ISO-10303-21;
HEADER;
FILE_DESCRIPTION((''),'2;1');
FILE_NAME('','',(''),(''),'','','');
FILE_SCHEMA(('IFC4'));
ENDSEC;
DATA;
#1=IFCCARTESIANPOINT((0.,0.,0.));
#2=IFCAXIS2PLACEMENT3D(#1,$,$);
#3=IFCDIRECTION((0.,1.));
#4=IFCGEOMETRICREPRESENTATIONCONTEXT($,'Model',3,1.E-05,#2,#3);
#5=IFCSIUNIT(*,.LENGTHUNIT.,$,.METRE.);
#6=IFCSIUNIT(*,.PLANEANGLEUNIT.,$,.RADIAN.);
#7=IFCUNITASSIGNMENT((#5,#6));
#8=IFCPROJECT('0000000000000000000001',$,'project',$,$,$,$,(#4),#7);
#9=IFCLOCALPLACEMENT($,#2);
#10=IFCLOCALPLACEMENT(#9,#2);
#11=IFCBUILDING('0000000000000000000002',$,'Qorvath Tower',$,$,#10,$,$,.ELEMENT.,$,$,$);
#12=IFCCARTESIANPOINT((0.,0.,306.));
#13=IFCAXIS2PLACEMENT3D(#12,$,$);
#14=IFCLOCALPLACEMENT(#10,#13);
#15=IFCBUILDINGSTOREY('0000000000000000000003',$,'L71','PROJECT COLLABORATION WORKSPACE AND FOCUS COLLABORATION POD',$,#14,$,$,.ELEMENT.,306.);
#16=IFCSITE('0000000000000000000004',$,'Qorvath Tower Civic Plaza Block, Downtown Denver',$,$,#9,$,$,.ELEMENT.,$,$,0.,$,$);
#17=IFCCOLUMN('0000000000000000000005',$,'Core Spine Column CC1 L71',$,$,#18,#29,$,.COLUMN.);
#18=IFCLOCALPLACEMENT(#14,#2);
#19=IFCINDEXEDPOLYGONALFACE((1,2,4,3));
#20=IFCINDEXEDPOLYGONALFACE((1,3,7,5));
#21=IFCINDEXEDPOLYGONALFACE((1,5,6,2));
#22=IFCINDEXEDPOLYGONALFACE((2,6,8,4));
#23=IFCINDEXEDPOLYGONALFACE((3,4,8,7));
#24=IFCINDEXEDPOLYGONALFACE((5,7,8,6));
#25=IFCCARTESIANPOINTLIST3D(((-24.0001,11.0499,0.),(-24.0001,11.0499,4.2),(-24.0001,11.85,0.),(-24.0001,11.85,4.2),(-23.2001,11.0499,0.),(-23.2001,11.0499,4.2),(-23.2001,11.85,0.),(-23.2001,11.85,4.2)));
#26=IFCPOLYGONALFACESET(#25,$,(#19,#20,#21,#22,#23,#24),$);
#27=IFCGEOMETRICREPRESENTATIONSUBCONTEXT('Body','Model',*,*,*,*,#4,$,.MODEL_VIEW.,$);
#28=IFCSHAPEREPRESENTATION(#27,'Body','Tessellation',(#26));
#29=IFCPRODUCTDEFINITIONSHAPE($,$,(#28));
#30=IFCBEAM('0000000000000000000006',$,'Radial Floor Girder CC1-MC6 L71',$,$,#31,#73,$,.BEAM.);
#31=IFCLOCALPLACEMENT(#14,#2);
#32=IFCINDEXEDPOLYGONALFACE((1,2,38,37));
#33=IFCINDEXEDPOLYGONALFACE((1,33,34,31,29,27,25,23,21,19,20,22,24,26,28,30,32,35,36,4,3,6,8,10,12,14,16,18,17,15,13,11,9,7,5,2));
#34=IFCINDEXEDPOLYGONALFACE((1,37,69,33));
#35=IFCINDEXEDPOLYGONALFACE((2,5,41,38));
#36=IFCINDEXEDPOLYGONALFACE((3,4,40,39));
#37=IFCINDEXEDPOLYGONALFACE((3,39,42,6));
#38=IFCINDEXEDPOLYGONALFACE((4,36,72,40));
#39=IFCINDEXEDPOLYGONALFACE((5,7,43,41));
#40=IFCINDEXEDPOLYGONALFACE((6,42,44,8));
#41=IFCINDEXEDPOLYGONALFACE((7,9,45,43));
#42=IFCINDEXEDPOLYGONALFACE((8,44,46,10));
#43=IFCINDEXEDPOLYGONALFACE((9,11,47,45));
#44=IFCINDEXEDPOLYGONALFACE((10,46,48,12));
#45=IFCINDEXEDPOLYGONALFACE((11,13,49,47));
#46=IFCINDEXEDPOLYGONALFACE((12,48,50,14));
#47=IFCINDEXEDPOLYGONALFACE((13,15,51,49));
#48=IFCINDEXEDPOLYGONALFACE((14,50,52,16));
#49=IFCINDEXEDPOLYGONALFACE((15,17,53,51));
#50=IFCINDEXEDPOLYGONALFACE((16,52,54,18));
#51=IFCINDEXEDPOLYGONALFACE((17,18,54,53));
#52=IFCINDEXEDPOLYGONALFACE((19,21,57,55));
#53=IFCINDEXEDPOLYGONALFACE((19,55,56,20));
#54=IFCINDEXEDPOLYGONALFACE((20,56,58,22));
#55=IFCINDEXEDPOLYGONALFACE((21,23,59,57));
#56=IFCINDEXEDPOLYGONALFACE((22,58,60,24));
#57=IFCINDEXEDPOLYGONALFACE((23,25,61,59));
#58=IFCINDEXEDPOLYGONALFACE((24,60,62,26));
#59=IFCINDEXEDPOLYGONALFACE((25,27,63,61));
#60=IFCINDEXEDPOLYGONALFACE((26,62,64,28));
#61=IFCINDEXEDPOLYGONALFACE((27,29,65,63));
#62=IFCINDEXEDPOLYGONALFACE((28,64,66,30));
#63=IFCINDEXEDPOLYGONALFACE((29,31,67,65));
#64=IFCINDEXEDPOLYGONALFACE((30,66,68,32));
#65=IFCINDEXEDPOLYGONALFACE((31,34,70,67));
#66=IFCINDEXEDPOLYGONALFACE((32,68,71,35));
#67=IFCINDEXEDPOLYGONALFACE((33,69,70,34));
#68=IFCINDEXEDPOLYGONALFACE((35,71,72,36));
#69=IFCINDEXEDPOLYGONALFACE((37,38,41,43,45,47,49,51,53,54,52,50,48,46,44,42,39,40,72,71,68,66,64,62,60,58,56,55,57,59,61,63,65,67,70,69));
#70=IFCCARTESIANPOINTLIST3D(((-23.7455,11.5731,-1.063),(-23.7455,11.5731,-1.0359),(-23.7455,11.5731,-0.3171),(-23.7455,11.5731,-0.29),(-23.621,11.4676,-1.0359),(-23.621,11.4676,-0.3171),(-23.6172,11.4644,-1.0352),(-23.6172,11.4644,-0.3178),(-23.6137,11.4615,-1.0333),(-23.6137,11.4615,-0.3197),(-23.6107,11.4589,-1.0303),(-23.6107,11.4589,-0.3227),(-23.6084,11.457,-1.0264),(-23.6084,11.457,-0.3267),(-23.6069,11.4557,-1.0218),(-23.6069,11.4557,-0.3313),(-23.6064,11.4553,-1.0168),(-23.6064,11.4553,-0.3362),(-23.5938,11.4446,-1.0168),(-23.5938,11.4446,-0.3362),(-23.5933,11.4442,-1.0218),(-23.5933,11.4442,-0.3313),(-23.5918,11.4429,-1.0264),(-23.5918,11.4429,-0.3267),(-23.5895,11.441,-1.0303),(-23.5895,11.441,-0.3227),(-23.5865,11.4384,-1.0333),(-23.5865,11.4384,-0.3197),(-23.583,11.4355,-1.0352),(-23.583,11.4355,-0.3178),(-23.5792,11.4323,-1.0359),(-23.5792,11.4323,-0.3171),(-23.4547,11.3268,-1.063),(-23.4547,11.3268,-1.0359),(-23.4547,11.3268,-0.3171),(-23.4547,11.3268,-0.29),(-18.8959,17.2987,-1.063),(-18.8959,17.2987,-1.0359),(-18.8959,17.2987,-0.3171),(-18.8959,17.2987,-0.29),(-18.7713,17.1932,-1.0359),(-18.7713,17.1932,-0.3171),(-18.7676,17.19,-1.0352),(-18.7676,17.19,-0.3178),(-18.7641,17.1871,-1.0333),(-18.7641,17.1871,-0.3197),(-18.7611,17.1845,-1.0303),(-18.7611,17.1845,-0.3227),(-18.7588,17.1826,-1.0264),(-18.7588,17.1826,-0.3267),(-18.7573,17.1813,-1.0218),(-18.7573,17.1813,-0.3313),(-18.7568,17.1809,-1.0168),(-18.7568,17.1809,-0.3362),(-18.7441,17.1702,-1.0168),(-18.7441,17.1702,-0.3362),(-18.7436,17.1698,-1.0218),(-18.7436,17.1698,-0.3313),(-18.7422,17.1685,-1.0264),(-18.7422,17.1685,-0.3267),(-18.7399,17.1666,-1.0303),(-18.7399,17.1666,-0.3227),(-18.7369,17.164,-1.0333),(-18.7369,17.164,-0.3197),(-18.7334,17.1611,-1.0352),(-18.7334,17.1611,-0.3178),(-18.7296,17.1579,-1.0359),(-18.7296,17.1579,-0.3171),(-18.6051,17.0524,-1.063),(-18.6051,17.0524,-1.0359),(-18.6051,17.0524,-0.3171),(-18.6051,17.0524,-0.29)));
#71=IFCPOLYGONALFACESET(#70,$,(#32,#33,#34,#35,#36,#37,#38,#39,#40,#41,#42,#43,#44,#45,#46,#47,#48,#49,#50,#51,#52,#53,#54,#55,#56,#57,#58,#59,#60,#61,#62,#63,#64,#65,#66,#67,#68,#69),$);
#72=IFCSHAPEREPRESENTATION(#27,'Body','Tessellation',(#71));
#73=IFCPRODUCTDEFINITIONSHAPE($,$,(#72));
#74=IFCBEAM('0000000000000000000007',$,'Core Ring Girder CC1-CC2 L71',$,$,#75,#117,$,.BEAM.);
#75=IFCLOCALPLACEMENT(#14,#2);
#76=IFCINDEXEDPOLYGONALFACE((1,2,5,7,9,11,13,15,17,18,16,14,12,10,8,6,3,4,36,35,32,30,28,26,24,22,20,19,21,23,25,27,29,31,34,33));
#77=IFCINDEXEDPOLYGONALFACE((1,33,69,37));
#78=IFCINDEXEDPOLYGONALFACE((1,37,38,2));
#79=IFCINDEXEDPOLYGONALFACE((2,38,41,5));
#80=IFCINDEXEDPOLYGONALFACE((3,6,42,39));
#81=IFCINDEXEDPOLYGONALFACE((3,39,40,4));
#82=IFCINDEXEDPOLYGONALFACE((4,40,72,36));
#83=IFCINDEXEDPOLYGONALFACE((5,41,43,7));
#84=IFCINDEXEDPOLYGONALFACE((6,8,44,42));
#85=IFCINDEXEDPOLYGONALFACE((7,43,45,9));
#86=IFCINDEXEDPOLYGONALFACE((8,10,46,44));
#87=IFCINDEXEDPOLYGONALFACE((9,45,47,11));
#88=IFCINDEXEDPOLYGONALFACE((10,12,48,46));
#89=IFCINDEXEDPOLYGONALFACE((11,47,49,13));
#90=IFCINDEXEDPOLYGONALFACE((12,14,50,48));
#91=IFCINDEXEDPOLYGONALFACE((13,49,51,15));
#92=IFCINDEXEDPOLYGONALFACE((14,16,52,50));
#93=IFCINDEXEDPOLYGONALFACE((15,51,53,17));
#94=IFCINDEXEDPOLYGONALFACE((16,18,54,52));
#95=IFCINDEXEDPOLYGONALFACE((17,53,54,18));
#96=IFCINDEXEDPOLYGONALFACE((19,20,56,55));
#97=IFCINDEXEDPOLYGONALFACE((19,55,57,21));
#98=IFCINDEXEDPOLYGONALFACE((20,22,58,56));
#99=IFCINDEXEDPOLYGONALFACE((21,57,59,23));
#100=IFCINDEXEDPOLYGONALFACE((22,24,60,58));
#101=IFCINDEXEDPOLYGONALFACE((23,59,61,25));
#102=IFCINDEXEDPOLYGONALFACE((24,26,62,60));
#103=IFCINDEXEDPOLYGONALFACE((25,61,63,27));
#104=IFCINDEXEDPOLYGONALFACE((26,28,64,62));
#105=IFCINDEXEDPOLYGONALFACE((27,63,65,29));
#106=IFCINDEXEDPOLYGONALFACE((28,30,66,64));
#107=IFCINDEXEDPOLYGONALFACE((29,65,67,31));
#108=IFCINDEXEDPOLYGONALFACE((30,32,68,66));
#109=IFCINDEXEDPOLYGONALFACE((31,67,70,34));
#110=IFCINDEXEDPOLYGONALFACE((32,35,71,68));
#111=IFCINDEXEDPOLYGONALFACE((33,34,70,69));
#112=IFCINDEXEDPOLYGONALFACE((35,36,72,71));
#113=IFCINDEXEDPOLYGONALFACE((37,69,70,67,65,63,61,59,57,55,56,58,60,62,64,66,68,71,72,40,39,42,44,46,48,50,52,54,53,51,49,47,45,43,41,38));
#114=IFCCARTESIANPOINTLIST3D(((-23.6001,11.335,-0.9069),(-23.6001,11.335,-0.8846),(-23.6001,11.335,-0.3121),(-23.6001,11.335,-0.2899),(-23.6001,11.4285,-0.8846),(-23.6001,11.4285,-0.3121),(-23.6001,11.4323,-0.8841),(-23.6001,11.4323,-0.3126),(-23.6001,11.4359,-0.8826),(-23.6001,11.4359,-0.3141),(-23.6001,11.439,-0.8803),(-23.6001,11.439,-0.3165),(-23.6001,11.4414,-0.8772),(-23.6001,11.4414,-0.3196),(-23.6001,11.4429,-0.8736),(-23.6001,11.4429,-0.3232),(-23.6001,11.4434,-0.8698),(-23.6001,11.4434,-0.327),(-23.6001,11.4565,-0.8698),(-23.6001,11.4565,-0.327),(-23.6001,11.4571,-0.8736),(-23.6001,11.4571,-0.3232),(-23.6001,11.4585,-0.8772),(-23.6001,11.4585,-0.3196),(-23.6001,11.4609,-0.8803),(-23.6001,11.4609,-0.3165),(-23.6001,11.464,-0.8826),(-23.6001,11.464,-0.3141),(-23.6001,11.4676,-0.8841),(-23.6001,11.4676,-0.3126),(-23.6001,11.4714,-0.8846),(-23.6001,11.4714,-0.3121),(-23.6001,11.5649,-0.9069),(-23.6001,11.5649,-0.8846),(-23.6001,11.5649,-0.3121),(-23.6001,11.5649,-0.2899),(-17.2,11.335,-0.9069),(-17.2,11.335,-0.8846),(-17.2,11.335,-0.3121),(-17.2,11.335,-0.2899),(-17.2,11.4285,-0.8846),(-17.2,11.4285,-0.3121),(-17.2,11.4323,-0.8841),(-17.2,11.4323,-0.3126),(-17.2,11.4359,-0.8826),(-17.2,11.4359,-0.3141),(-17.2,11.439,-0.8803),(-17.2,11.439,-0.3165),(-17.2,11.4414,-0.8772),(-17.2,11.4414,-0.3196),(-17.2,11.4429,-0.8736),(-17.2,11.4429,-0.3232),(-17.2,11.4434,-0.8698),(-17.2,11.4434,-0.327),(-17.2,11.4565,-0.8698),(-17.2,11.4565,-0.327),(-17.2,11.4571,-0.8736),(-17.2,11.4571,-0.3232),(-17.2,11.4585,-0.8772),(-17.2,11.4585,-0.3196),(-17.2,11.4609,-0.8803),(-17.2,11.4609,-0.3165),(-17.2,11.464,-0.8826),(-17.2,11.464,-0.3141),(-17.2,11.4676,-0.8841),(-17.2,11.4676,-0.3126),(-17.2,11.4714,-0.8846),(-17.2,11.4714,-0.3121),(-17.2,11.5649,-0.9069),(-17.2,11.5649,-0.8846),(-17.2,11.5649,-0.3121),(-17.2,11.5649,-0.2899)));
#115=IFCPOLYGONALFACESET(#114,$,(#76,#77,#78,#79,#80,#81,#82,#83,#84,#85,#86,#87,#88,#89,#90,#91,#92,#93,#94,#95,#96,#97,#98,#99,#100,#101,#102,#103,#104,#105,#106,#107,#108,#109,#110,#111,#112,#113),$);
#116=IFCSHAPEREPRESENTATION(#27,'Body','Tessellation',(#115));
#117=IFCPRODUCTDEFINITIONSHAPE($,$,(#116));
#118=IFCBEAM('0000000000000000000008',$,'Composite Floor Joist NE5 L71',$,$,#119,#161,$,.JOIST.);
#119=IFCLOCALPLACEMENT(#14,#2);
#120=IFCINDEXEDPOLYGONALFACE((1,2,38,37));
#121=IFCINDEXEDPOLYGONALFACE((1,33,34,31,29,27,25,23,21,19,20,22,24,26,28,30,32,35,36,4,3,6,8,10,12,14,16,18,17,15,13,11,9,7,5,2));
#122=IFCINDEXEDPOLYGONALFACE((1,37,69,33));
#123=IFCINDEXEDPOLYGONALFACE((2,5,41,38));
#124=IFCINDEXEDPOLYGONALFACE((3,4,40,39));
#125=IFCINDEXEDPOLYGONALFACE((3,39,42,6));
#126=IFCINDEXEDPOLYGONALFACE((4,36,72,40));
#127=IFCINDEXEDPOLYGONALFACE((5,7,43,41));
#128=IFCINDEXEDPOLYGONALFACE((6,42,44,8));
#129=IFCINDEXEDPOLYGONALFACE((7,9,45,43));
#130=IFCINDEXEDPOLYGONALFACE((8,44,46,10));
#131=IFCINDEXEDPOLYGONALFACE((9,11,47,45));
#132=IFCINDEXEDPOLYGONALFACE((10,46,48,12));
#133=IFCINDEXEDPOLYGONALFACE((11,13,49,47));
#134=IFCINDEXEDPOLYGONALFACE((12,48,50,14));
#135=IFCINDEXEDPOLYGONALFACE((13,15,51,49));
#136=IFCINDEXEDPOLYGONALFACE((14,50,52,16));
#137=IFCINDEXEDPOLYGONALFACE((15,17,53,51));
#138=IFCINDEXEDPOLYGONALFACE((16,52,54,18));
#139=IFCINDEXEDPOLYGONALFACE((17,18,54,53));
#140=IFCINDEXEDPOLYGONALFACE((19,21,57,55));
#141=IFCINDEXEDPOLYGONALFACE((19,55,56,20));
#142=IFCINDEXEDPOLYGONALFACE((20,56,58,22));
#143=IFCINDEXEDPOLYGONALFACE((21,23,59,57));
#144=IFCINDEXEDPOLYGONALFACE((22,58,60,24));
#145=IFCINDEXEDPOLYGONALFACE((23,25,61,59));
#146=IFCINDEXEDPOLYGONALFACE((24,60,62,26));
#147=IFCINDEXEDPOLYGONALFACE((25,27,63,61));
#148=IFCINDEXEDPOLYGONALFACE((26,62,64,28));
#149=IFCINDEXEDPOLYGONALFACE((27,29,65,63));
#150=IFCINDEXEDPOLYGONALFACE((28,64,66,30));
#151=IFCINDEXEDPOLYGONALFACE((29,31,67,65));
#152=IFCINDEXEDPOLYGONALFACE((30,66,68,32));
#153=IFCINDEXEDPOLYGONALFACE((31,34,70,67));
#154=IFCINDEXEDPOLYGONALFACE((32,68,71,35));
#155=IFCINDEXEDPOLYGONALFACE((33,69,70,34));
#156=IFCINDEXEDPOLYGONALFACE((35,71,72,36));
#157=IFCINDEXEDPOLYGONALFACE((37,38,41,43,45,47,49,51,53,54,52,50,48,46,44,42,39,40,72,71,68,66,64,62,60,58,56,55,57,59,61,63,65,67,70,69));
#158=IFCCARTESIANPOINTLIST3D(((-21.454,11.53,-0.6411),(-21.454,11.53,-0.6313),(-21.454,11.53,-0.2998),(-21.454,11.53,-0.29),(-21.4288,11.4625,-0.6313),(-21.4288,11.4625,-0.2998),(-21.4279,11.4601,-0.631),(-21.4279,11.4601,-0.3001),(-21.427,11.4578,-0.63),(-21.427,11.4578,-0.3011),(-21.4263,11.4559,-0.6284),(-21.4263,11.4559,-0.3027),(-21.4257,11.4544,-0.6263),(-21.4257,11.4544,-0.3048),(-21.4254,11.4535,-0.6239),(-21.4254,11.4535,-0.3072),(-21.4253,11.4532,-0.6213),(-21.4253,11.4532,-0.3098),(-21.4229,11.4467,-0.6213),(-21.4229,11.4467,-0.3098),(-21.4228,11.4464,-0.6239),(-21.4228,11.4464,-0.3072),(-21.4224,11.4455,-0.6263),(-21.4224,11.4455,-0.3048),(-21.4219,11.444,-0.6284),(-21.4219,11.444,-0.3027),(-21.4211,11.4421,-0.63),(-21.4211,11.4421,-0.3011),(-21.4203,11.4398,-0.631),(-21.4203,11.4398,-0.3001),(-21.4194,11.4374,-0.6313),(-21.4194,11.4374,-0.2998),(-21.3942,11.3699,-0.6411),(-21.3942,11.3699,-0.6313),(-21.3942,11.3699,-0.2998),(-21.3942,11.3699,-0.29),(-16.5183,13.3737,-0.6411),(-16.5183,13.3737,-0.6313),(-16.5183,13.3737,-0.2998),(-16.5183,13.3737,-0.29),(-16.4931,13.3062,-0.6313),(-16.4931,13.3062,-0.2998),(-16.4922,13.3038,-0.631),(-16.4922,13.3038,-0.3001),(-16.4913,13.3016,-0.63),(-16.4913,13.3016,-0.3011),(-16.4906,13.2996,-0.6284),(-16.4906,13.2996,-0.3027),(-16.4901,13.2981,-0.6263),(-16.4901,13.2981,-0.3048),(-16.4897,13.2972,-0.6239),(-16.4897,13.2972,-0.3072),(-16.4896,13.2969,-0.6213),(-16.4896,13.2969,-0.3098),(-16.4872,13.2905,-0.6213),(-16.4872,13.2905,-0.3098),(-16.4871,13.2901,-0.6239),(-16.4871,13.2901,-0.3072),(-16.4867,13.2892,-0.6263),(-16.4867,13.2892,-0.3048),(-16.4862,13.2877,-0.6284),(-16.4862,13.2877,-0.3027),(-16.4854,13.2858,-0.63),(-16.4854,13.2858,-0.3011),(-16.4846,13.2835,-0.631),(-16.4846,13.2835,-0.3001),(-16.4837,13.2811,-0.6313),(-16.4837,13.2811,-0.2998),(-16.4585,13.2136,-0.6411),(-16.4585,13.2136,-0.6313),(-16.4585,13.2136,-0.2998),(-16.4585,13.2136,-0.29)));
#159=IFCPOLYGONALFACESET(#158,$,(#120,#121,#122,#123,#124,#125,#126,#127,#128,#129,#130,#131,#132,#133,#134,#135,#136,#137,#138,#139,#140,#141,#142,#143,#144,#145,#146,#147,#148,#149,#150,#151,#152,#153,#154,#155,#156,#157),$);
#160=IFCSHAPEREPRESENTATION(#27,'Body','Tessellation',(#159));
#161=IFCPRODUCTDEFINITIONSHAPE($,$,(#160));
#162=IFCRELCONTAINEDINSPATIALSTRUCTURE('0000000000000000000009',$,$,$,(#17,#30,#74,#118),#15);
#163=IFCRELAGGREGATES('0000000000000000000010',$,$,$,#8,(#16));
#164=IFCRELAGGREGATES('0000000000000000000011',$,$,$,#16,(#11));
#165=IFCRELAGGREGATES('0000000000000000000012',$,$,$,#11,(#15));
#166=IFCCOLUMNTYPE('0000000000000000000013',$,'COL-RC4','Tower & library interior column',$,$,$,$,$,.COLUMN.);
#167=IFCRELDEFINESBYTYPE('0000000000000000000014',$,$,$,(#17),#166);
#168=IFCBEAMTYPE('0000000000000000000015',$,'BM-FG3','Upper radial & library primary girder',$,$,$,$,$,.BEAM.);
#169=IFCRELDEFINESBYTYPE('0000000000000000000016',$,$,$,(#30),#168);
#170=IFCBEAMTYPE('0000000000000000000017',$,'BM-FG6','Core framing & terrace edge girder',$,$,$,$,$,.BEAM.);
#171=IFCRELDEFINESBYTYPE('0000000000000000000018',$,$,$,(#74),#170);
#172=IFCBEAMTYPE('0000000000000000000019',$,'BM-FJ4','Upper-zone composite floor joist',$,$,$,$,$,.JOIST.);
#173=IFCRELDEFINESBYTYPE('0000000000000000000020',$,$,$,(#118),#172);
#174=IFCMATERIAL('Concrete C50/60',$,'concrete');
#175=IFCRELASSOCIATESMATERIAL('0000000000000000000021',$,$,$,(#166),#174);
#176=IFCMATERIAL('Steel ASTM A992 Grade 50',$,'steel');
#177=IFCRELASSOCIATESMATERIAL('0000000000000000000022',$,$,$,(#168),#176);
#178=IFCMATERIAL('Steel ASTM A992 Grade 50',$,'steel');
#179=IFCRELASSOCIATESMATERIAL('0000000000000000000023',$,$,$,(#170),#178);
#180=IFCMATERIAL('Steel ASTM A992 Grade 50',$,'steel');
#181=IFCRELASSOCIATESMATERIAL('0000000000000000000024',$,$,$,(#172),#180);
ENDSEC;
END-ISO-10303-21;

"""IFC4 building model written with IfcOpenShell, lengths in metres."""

from ifc_helpers import new_model, si_unit, direction, frame, origin, origin_2d, place, context, subcontext, project, spatial, rectangle, i_section, extrude, material, material_profile, profile_set, type_object, element, save


model = new_model("IFC4")

# Units and contexts
model_context = context("Model", 3, precision=1e-05, world=origin(), true_north=direction((0.0, 1.0)))
body_context = subcontext(model_context, "Body", "Model", "MODEL_VIEW")
ifc_project = project(units=[si_unit("LENGTHUNIT", "METRE"), si_unit("PLANEANGLEUNIT", "RADIAN")], contexts=[model_context])

# Site, building, storey
site_placement = place(None, origin())
site = spatial("IfcSite", under=ifc_project, at=site_placement, Name="Qorvath Tower Civic Plaza Block, Downtown Denver", CompositionType="ELEMENT", RefElevation=0.0)
building_placement = place(site_placement, origin())
building = spatial("IfcBuilding", under=site, at=building_placement, Name="Qorvath Tower", CompositionType="ELEMENT")
storey_placement = place(building_placement, frame((0.0, 0.0, 306.0)))
storey = spatial("IfcBuildingStorey", under=building, at=storey_placement, Name="L71", Description="PROJECT COLLABORATION WORKSPACE AND FOCUS COLLABORATION POD", CompositionType="ELEMENT", Elevation=306.0)

# Column
ifc_material_1 = material(Name="Concrete C50/60", Category="concrete")
ifc_material_profile_1 = material_profile(ifc_material_1, rectangle(XDim=0.8, YDim=0.8, at=origin_2d()), Name="RC 800x800")
ifc_profile_set_1 = profile_set([ifc_material_profile_1], Name="Concrete C50/60")
column_type = type_object("IfcColumnType", Name="COL-RC4", Description="Tower & library interior column", PredefinedType="COLUMN", material=ifc_profile_set_1)
column_placement = place(storey_placement, frame((-23.6001, 11.45, 0.0), z_axis=(0.0, 0.0, 1.0), x_axis=(1.0, 0.0, 0.0)))
element("IfcColumn", 1, at=column_placement, inside=storey, type_object=column_type, Name="Core Spine Column CC1 L71", PredefinedType="COLUMN", context=body_context, shape_type="SweptSolid", body=[
    extrude(rectangle(XDim=0.8, YDim=0.8, at=origin_2d()), origin(), (0.0, 0.0, 1.0), 4.2),
])

# Beams
ifc_material_2 = material(Name="Steel ASTM A992 Grade 50", Category="steel")
ifc_material_profile_2 = material_profile(ifc_material_2, i_section(OverallWidth=0.3811, OverallDepth=0.7729, WebThickness=0.0166, FlangeThickness=0.0271, FilletRadius=0.019, at=origin_2d()), Name="W30x173")
ifc_profile_set_2 = profile_set([ifc_material_profile_2], Name="Steel ASTM A992 Grade 50")
beam_type_1 = type_object("IfcBeamType", Name="BM-FG3", Description="Upper radial & library primary girder", PredefinedType="BEAM", material=ifc_profile_set_2)
beam_1_placement = place(storey_placement, frame((-23.6001, 11.45, -0.6765), z_axis=(0.646321, 0.763065, 0.0), x_axis=(-0.763065, 0.646321, 0.0)))
element("IfcBeam", 2, at=beam_1_placement, inside=storey, type_object=beam_type_1, Name="Radial Floor Girder CC1-MC6 L71", PredefinedType="BEAM", context=body_context, shape_type="SweptSolid", body=[
    extrude(i_section(OverallWidth=0.3811, OverallDepth=0.7729, WebThickness=0.0166, FlangeThickness=0.0271, FilletRadius=0.019, at=origin_2d()), origin(), (0.0, 0.0, 1.0), 7.5034),
])
ifc_material_3 = material(Name="Steel ASTM A992 Grade 50", Category="steel")
ifc_material_profile_3 = material_profile(ifc_material_3, i_section(OverallWidth=0.23, OverallDepth=0.6169, WebThickness=0.0132, FlangeThickness=0.0222, FilletRadius=0.0149, at=origin_2d()), Name="W24x94")
ifc_profile_set_3 = profile_set([ifc_material_profile_3], Name="Steel ASTM A992 Grade 50")
beam_type_2 = type_object("IfcBeamType", Name="BM-FG6", Description="Core framing & terrace edge girder", PredefinedType="BEAM", material=ifc_profile_set_3)
beam_2_placement = place(storey_placement, frame((-23.6001, 11.45, -0.5984), z_axis=(1.0, 0.0, 0.0), x_axis=(0.0, 1.0, 0.0)))
element("IfcBeam", 3, at=beam_2_placement, inside=storey, type_object=beam_type_2, Name="Core Ring Girder CC1-CC2 L71", PredefinedType="BEAM", context=body_context, shape_type="SweptSolid", body=[
    extrude(i_section(OverallWidth=0.23, OverallDepth=0.6169, WebThickness=0.0132, FlangeThickness=0.0222, FilletRadius=0.0149, at=origin_2d()), origin(), (0.0, 0.0, 1.0), 6.4001),
])
ifc_material_4 = material(Name="Steel ASTM A992 Grade 50", Category="steel")
ifc_material_profile_4 = material_profile(ifc_material_4, i_section(OverallWidth=0.1709, OverallDepth=0.3511, WebThickness=0.0068, FlangeThickness=0.0098, FilletRadius=0.01, at=origin_2d()), Name="W14x30")
ifc_profile_set_4 = profile_set([ifc_material_profile_4], Name="Steel ASTM A992 Grade 50")
beam_type_3 = type_object("IfcBeamType", Name="BM-FJ4", Description="Upper-zone composite floor joist", PredefinedType="JOIST", material=ifc_profile_set_4)
beam_3_placement = place(storey_placement, frame((-21.4241, 11.45, -0.4656), z_axis=(0.936776, 0.34993, 0.0), x_axis=(-0.34993, 0.936776, 0.0)))
element("IfcBeam", 4, at=beam_3_placement, inside=storey, type_object=beam_type_3, Name="Composite Floor Joist NE5 L71", PredefinedType="JOIST", context=body_context, shape_type="SweptSolid", body=[
    extrude(i_section(OverallWidth=0.1709, OverallDepth=0.3511, WebThickness=0.0068, FlangeThickness=0.0098, FilletRadius=0.01, at=origin_2d()), origin(), (0.0, 0.0, 1.0), 5.2688),
])

save(model, "model.ifc")
